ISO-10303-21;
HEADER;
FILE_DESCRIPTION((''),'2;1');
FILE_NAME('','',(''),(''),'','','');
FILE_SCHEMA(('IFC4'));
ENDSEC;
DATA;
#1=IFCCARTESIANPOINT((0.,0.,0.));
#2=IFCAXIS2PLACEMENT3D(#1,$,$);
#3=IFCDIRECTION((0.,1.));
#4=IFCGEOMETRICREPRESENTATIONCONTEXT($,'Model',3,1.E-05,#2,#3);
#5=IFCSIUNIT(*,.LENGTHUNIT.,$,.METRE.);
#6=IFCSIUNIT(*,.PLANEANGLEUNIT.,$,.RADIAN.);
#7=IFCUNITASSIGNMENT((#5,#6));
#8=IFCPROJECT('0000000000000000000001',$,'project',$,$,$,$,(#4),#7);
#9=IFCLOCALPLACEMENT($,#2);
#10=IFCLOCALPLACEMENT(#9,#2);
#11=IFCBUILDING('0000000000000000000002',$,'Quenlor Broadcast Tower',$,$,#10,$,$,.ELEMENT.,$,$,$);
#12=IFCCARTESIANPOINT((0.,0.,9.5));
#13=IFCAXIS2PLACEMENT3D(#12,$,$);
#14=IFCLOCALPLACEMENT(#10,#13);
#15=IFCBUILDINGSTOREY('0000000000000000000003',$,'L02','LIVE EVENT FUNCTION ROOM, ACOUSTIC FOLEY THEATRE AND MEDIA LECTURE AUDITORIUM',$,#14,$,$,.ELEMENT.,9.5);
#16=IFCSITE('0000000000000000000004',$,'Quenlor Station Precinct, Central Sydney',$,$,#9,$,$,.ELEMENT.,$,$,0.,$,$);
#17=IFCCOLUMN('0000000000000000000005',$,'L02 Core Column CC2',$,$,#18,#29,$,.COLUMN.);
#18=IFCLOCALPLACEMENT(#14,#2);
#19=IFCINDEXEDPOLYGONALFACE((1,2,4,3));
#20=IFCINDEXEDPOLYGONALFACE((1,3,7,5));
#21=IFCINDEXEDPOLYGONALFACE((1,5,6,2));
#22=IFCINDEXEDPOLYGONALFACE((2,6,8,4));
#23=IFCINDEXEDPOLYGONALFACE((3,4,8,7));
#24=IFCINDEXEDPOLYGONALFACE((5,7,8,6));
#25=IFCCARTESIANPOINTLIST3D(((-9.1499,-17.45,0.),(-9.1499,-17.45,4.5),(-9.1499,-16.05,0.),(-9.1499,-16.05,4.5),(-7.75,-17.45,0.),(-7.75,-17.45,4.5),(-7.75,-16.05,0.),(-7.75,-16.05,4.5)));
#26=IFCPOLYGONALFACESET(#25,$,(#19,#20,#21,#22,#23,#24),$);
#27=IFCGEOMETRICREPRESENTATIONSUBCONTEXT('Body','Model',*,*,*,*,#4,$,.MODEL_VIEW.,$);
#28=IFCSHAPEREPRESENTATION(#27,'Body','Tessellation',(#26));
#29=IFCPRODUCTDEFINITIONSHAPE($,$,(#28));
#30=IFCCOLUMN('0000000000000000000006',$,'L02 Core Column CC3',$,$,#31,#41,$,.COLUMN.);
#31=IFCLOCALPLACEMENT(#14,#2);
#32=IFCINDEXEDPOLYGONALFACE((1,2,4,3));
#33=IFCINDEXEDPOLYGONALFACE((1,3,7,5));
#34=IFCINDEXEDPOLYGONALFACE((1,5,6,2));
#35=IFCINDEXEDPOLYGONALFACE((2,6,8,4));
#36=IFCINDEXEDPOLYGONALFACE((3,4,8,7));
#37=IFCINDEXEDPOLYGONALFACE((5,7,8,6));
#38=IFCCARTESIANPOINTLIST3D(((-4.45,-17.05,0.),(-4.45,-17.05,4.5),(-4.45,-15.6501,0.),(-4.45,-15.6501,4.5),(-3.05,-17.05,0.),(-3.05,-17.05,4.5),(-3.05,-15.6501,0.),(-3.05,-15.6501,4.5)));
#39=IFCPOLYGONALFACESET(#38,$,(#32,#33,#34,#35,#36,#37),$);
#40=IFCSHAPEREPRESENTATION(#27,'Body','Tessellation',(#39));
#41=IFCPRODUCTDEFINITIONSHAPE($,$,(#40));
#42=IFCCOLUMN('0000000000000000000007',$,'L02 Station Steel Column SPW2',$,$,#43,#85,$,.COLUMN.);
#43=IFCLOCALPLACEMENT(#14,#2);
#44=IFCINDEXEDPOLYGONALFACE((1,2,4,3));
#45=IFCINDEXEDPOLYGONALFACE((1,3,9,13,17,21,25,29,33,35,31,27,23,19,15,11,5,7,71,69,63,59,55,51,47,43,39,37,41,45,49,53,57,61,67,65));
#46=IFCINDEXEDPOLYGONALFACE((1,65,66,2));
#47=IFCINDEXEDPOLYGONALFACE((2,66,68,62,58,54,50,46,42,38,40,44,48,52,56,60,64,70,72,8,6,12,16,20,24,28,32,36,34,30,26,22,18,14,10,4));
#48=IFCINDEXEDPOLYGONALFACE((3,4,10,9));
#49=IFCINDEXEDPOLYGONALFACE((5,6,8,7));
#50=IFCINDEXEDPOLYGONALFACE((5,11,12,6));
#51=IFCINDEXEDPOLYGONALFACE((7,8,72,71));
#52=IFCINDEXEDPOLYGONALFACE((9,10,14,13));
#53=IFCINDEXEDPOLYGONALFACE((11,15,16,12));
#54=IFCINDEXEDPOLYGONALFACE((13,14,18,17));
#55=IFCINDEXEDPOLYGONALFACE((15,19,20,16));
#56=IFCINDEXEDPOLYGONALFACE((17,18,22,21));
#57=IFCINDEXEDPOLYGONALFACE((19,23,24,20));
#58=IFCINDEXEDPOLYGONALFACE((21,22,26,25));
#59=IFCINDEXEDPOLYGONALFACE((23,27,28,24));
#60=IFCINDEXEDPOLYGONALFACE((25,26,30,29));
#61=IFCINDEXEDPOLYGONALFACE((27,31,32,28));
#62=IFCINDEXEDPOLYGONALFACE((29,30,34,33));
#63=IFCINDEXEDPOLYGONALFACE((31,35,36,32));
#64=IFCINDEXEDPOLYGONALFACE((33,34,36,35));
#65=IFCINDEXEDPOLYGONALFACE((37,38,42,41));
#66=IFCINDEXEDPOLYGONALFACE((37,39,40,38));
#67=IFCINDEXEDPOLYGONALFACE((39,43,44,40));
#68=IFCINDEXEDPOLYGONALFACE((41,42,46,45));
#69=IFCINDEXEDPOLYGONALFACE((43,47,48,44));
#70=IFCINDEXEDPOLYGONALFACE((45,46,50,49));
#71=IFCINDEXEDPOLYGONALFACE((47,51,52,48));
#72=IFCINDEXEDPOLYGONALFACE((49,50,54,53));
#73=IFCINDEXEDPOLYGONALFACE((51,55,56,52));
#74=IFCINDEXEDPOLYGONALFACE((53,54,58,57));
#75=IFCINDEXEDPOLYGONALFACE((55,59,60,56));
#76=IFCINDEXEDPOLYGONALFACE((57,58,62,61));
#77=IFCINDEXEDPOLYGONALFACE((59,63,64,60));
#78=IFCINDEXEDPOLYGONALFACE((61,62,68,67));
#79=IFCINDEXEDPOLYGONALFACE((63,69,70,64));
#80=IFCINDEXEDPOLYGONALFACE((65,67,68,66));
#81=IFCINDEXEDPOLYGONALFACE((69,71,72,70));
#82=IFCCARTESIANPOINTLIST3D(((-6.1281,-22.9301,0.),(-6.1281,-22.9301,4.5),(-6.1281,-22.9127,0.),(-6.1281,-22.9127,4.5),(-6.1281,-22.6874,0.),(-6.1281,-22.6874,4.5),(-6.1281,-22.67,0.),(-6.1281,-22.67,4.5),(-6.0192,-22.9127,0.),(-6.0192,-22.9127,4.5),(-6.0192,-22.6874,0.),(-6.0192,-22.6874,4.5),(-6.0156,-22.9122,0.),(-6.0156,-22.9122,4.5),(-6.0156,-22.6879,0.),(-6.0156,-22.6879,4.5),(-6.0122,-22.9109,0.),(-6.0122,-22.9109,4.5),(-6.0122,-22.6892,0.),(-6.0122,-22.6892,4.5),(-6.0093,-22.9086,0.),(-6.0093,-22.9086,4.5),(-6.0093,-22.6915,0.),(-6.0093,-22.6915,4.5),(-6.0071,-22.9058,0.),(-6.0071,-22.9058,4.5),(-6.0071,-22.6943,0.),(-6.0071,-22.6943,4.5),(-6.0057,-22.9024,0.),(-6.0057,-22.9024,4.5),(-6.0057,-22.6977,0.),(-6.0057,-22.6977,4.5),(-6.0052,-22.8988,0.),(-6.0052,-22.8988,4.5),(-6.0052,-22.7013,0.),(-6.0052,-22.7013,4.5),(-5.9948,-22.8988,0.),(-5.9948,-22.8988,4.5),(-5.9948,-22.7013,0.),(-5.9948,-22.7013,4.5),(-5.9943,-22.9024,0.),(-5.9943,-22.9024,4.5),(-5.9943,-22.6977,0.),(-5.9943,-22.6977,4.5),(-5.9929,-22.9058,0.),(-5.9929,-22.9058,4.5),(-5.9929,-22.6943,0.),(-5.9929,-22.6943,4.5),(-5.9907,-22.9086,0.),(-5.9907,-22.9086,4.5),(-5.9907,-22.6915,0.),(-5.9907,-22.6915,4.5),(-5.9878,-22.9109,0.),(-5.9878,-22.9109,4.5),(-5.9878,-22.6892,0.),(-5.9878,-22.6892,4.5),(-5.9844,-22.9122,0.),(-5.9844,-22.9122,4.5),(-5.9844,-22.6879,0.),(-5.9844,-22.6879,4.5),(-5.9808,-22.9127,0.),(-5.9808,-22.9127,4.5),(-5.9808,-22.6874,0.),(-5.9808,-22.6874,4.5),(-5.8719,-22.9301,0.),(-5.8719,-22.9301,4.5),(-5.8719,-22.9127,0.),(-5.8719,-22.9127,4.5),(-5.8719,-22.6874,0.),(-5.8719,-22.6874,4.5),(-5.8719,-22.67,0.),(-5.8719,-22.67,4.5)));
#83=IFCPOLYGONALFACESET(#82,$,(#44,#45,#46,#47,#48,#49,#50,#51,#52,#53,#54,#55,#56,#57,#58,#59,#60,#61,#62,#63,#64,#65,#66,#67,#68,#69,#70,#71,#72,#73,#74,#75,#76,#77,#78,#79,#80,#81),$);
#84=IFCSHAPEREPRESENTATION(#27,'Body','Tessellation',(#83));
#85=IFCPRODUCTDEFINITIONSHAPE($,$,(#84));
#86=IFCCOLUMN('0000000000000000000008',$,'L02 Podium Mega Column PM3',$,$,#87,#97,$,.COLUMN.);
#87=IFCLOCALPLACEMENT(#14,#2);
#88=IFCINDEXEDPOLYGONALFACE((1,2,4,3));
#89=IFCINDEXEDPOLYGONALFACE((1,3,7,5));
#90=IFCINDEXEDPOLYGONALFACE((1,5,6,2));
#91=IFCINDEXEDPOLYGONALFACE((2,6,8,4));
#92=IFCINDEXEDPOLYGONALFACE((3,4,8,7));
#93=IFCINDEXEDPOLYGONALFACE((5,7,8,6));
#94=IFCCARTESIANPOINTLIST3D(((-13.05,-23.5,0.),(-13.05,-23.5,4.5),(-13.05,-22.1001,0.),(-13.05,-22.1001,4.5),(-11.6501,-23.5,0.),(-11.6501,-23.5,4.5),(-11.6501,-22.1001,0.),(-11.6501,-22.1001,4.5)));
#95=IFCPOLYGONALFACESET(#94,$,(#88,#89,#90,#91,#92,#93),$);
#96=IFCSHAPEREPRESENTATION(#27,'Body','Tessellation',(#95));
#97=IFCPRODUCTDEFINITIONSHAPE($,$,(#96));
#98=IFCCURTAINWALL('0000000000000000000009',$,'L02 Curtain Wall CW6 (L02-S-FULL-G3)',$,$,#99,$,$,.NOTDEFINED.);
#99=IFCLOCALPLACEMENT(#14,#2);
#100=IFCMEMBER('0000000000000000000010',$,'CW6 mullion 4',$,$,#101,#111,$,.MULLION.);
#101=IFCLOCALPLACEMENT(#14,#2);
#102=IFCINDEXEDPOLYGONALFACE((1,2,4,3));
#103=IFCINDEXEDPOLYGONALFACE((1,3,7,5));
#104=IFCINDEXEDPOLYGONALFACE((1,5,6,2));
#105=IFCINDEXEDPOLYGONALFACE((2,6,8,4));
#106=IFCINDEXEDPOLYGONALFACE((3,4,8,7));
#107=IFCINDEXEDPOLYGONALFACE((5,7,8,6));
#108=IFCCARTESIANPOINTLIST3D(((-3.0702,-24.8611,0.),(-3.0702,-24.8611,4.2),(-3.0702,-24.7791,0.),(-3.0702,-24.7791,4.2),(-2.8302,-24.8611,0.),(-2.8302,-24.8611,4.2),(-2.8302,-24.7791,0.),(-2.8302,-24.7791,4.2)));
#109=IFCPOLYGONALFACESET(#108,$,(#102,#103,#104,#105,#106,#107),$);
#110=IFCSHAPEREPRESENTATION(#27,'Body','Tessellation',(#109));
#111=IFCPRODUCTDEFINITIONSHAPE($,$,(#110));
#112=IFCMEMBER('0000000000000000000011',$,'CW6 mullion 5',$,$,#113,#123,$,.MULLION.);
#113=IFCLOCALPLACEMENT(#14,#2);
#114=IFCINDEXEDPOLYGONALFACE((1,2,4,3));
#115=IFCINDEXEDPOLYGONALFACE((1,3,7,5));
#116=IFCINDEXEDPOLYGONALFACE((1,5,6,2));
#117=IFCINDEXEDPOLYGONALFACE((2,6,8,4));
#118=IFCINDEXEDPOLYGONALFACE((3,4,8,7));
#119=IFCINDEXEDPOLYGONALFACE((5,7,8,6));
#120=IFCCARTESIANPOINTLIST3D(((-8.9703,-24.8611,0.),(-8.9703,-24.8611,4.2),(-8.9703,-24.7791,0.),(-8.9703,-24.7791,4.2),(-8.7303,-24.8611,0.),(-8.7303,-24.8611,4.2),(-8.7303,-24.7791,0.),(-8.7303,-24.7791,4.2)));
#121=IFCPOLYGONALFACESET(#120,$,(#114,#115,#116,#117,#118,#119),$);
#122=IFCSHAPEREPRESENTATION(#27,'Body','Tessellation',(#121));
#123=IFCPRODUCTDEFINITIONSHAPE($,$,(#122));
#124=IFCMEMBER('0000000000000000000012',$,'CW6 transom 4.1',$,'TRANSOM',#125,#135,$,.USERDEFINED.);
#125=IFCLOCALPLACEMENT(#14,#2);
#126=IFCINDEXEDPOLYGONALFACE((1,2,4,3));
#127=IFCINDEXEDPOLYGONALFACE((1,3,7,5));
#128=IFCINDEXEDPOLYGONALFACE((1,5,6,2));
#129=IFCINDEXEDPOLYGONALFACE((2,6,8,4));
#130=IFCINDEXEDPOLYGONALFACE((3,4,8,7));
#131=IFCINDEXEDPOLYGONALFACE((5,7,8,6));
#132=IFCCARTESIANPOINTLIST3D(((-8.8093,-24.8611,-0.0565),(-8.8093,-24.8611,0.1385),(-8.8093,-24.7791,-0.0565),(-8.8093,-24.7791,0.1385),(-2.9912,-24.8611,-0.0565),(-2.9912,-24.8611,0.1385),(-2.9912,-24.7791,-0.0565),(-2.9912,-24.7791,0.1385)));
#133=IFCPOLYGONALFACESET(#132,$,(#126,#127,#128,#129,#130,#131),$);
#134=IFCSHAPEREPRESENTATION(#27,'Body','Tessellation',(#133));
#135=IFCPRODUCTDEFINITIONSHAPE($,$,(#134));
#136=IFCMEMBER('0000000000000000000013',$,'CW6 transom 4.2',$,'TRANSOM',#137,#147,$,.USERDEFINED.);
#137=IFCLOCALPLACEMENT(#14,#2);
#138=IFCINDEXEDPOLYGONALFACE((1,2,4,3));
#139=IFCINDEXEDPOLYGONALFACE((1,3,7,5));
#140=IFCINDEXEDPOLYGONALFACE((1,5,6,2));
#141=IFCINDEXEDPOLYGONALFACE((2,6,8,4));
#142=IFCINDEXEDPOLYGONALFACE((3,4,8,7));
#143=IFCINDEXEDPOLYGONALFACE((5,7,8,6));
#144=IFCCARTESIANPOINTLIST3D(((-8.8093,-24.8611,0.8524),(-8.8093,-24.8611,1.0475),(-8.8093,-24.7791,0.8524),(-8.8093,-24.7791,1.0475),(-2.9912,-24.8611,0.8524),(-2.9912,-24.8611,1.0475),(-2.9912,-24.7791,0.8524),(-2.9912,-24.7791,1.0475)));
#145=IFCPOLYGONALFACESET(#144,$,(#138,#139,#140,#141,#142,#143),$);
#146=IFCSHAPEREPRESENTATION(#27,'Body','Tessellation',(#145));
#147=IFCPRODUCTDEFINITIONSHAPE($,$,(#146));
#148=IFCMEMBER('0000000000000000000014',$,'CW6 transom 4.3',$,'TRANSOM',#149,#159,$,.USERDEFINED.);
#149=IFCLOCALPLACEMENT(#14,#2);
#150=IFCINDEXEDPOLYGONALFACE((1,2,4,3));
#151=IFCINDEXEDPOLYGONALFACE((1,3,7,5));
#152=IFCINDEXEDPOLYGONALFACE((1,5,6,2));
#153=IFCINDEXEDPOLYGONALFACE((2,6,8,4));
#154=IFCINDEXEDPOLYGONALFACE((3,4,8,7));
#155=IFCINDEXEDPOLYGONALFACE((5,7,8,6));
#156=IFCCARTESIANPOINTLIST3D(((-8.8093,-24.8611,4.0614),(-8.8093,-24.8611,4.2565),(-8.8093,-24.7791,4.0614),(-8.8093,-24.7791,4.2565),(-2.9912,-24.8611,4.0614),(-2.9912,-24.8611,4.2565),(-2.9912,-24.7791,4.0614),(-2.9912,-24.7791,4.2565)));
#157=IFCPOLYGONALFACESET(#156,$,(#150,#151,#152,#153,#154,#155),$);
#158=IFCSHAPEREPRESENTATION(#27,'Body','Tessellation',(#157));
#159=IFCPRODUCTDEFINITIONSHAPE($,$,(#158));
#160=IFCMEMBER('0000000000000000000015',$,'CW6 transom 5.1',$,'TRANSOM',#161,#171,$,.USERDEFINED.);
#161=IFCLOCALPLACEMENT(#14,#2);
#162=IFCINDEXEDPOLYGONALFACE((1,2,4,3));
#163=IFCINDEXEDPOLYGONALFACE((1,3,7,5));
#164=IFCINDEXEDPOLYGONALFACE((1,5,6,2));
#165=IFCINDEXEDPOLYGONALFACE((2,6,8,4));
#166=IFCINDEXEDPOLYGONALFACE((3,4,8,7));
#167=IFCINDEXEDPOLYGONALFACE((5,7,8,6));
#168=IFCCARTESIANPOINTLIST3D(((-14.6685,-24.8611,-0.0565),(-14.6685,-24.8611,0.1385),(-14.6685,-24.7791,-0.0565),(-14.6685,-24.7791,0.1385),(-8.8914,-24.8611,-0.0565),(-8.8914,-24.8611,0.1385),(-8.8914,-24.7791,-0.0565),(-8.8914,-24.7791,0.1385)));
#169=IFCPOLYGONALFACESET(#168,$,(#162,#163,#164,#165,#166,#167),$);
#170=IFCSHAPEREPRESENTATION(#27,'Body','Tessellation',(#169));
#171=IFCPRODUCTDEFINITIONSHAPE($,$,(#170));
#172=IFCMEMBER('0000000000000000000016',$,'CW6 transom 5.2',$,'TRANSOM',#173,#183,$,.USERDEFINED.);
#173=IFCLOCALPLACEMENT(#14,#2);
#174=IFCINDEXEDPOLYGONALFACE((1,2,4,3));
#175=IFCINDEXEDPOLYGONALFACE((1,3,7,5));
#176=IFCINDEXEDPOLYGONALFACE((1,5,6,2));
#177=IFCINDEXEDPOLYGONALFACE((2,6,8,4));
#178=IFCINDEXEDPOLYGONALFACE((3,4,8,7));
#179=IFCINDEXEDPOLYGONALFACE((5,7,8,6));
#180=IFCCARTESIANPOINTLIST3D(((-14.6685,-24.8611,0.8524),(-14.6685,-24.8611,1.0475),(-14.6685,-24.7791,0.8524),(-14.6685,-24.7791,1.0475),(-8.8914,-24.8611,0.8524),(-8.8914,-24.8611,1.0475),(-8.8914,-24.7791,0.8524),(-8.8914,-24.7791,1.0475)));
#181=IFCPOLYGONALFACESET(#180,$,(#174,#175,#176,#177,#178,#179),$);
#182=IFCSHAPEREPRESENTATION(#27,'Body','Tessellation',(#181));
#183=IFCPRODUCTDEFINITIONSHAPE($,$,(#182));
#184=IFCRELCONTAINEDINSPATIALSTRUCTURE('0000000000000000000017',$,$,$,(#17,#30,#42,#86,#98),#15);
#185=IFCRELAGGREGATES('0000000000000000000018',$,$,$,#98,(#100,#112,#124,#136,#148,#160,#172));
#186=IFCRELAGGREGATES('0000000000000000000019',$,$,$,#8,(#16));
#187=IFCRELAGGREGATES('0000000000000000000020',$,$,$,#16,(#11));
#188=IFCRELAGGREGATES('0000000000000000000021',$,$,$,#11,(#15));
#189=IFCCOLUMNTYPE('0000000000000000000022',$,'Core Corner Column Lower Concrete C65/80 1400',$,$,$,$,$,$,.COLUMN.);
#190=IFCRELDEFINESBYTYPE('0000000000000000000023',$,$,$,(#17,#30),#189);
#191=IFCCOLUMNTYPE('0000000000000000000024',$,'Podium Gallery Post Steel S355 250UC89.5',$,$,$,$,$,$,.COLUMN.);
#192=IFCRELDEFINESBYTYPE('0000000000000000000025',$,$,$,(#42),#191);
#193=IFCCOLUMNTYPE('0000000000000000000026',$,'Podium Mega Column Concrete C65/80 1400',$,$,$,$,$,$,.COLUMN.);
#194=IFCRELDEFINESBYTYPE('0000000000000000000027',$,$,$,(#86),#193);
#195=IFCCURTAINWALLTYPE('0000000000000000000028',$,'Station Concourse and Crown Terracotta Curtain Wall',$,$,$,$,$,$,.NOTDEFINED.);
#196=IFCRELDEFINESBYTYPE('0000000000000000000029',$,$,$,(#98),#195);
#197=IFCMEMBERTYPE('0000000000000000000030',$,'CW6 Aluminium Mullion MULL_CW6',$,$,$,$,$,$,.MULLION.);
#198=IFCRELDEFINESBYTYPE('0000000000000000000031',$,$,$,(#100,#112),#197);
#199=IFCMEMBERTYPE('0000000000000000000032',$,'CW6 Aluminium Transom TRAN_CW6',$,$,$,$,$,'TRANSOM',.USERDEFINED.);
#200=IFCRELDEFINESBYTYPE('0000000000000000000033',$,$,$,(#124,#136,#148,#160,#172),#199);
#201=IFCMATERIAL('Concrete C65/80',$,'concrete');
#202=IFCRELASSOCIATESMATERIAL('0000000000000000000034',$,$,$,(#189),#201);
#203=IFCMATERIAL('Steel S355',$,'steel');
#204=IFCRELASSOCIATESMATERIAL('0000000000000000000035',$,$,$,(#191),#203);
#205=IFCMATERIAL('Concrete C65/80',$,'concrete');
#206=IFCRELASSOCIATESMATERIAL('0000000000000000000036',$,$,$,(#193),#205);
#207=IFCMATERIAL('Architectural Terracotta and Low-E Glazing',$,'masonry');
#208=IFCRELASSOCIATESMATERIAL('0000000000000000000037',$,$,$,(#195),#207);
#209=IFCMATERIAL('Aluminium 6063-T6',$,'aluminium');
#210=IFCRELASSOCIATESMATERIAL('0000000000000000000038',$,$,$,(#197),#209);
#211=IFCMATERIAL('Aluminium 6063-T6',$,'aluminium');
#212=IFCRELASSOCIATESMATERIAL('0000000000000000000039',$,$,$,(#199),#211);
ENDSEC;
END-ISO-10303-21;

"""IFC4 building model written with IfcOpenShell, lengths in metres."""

from ifc_helpers import new_model, si_unit, direction, frame, origin, origin_2d, place, context, subcontext, project, spatial, rectangle, i_section, extrude, material, material_profile, profile_set, type_object, element, aggregate, save


model = new_model("IFC4")

# Units and contexts
model_context = context("Model", 3, precision=1e-05, world=origin(), true_north=direction((0.0, 1.0)))
body_context = subcontext(model_context, "Body", "Model", "MODEL_VIEW")
ifc_project = project(units=[si_unit("LENGTHUNIT", "METRE"), si_unit("PLANEANGLEUNIT", "RADIAN")], contexts=[model_context])

# Site, building, storey
site_placement = place(None, origin())
site = spatial("IfcSite", under=ifc_project, at=site_placement, Name="Quenlor Station Precinct, Central Sydney", CompositionType="ELEMENT", RefElevation=0.0)
building_placement = place(site_placement, origin())
building = spatial("IfcBuilding", under=site, at=building_placement, Name="Quenlor Broadcast Tower", CompositionType="ELEMENT")
storey_placement = place(building_placement, frame((0.0, 0.0, 9.5)))
storey = spatial("IfcBuildingStorey", under=building, at=storey_placement, Name="L02", Description="LIVE EVENT FUNCTION ROOM, ACOUSTIC FOLEY THEATRE AND MEDIA LECTURE AUDITORIUM", CompositionType="ELEMENT", Elevation=9.5)

# Columns
ifc_material_1 = material(Name="Concrete C65/80", Category="concrete")
ifc_material_profile_1 = material_profile(ifc_material_1, rectangle(XDim=1.3999, YDim=1.3999, at=origin_2d()))
ifc_profile_set_1 = profile_set([ifc_material_profile_1], Name="Concrete C65/80 RC1400x1400")
column_type_1 = type_object("IfcColumnType", Name="Core Corner Column Lower Concrete C65/80 1400", PredefinedType="COLUMN", material=ifc_profile_set_1)
for number, where, z_axis, x_axis, name in (
    (1, (-8.45, -16.75, 0.0), (0.0, 0.0, 1.0), (1.0, 0.0, 0.0), "L02 Core Column CC2"),
    (2, (-3.75, -16.3501, 0.0), (0.0, 0.0, 1.0), (1.0, 0.0, 0.0), "L02 Core Column CC3"),
):
    element("IfcColumn", number, at=place(storey_placement, frame(where, z_axis=z_axis, x_axis=x_axis)), inside=storey, type_object=column_type_1, Name=name, PredefinedType="COLUMN", context=body_context, shape_type="SweptSolid", body=[
        extrude(rectangle(XDim=1.3999, YDim=1.3999, at=origin_2d()), origin(), (0.0, 0.0, 1.0), 4.5),
    ])
ifc_material_2 = material(Name="Steel S355", Category="steel")
ifc_material_profile_2 = material_profile(ifc_material_2, i_section(OverallWidth=0.2561, OverallDepth=0.26, WebThickness=0.0105, FlangeThickness=0.0173, FilletRadius=0.0139, at=origin_2d()))
ifc_profile_set_2 = profile_set([ifc_material_profile_2], Name="Steel S355 250UC89.5")
column_type_2 = type_object("IfcColumnType", Name="Podium Gallery Post Steel S355 250UC89.5", PredefinedType="COLUMN", material=ifc_profile_set_2)
column_1_placement = place(storey_placement, frame((-6.0, -22.8, 0.0), z_axis=(0.0, 0.0, 1.0), x_axis=(1.0, 0.0, 0.0)))
element("IfcColumn", 3, at=column_1_placement, inside=storey, type_object=column_type_2, Name="L02 Station Steel Column SPW2", PredefinedType="COLUMN", context=body_context, shape_type="SweptSolid", body=[
    extrude(i_section(OverallWidth=0.2561, OverallDepth=0.26, WebThickness=0.0105, FlangeThickness=0.0173, FilletRadius=0.0139, at=origin_2d()), origin(), (0.0, 0.0, 1.0), 4.5),
])
ifc_material_3 = material(Name="Concrete C65/80", Category="concrete")
ifc_material_profile_3 = material_profile(ifc_material_3, rectangle(XDim=1.3999, YDim=1.3999, at=origin_2d()))
ifc_profile_set_3 = profile_set([ifc_material_profile_3], Name="Concrete C65/80 RC1400x1400")
column_type_3 = type_object("IfcColumnType", Name="Podium Mega Column Concrete C65/80 1400", PredefinedType="COLUMN", material=ifc_profile_set_3)
column_2_placement = place(storey_placement, frame((-12.3501, -22.8, 0.0), z_axis=(0.0, 0.0, 1.0), x_axis=(1.0, 0.0, 0.0)))
element("IfcColumn", 4, at=column_2_placement, inside=storey, type_object=column_type_3, Name="L02 Podium Mega Column PM3", PredefinedType="COLUMN", context=body_context, shape_type="SweptSolid", body=[
    extrude(rectangle(XDim=1.3999, YDim=1.3999, at=origin_2d()), origin(), (0.0, 0.0, 1.0), 4.5),
])

# Curtain wall, members
ifc_material_4 = material(Name="Architectural Terracotta and Low-E Glazing", Category="masonry")
curtain_wall_type = type_object("IfcCurtainWallType", Name="Station Concourse and Crown Terracotta Curtain Wall", PredefinedType="NOTDEFINED", material=ifc_material_4)
curtain_wall_placement = place(storey_placement, origin())
curtain_wall = element("IfcCurtainWall", 5, at=curtain_wall_placement, inside=storey, type_object=curtain_wall_type, Name="L02 Curtain Wall CW6 (L02-S-FULL-G3)", PredefinedType="NOTDEFINED")
ifc_material_5 = material(Name="Aluminium 6063-T6", Category="aluminium")
ifc_material_profile_4 = material_profile(ifc_material_5, rectangle(XDim=0.082, YDim=0.24, at=origin_2d()))
ifc_profile_set_4 = profile_set([ifc_material_profile_4], Name="Aluminium 6063-T6 MULL82x240")
member_type_1 = type_object("IfcMemberType", Name="CW6 Aluminium Mullion MULL_CW6", PredefinedType="MULLION", material=ifc_profile_set_4)
member_1_placement = place(storey_placement, frame((-2.9502, -24.8201, 0.0), z_axis=(0.0, 0.0, 1.0), x_axis=(0.0, -1.0, 0.0)))
member_1 = element("IfcMember", 6, at=member_1_placement, type_object=member_type_1, Name="CW6 mullion 4", PredefinedType="MULLION", context=body_context, shape_type="SweptSolid", body=[
    extrude(rectangle(XDim=0.082, YDim=0.24, at=origin_2d()), origin(), (0.0, 0.0, 1.0), 4.2),
])
member_2_placement = place(storey_placement, frame((-8.8503, -24.8201, 0.0), z_axis=(0.0, 0.0, 1.0), x_axis=(0.0, -1.0, 0.0)))
member_2 = element("IfcMember", 7, at=member_2_placement, type_object=member_type_1, Name="CW6 mullion 5", PredefinedType="MULLION", context=body_context, shape_type="SweptSolid", body=[
    extrude(rectangle(XDim=0.082, YDim=0.24, at=origin_2d()), origin(), (0.0, 0.0, 1.0), 4.2),
])
ifc_material_6 = material(Name="Aluminium 6063-T6", Category="aluminium")
ifc_material_profile_5 = material_profile(ifc_material_6, rectangle(XDim=0.082, YDim=0.1951, at=origin_2d()))
ifc_profile_set_5 = profile_set([ifc_material_profile_5], Name="Aluminium 6063-T6 TRAN82x195")
member_type_2 = type_object("IfcMemberType", Name="CW6 Aluminium Transom TRAN_CW6", ElementType="TRANSOM", PredefinedType="USERDEFINED", material=ifc_profile_set_5)
member_3_placement = place(storey_placement, frame((-2.9912, -24.8201, 0.041), z_axis=(-1.0, 0.0, 0.0), x_axis=(0.0, -1.0, 0.0)))
member_3 = element("IfcMember", 8, at=member_3_placement, type_object=member_type_2, Name="CW6 transom 4.1", ObjectType="TRANSOM", PredefinedType="USERDEFINED", context=body_context, shape_type="SweptSolid", body=[
    extrude(rectangle(XDim=0.082, YDim=0.1951, at=origin_2d()), origin(), (0.0, 0.0, 1.0), 5.8181),
])
member_4_placement = place(storey_placement, frame((-2.9912, -24.8201, 0.95), z_axis=(-1.0, 0.0, 0.0), x_axis=(0.0, -1.0, 0.0)))
member_4 = element("IfcMember", 9, at=member_4_placement, type_object=member_type_2, Name="CW6 transom 4.2", ObjectType="TRANSOM", PredefinedType="USERDEFINED", context=body_context, shape_type="SweptSolid", body=[
    extrude(rectangle(XDim=0.082, YDim=0.1951, at=origin_2d()), origin(), (0.0, 0.0, 1.0), 5.8181),
])
member_5_placement = place(storey_placement, frame((-2.9912, -24.8201, 4.1589), z_axis=(-1.0, 0.0, 0.0), x_axis=(0.0, -1.0, 0.0)))
member_5 = element("IfcMember", 10, at=member_5_placement, type_object=member_type_2, Name="CW6 transom 4.3", ObjectType="TRANSOM", PredefinedType="USERDEFINED", context=body_context, shape_type="SweptSolid", body=[
    extrude(rectangle(XDim=0.082, YDim=0.1951, at=origin_2d()), origin(), (0.0, 0.0, 1.0), 5.8181),
])
member_6_placement = place(storey_placement, frame((-8.8914, -24.8201, 0.041), z_axis=(-1.0, 0.0, 0.0), x_axis=(0.0, -1.0, 0.0)))
member_6 = element("IfcMember", 11, at=member_6_placement, type_object=member_type_2, Name="CW6 transom 5.1", ObjectType="TRANSOM", PredefinedType="USERDEFINED", context=body_context, shape_type="SweptSolid", body=[
    extrude(rectangle(XDim=0.082, YDim=0.1951, at=origin_2d()), origin(), (0.0, 0.0, 1.0), 5.7771),
])
member_7_placement = place(storey_placement, frame((-8.8914, -24.8201, 0.95), z_axis=(-1.0, 0.0, 0.0), x_axis=(0.0, -1.0, 0.0)))
member_7 = element("IfcMember", 12, at=member_7_placement, type_object=member_type_2, Name="CW6 transom 5.2", ObjectType="TRANSOM", PredefinedType="USERDEFINED", context=body_context, shape_type="SweptSolid", body=[
    extrude(rectangle(XDim=0.082, YDim=0.1951, at=origin_2d()), origin(), (0.0, 0.0, 1.0), 5.7771),
])

aggregate(curtain_wall, [member_1, member_2, member_3, member_4, member_5, member_6, member_7])

save(model, "model.ifc")
